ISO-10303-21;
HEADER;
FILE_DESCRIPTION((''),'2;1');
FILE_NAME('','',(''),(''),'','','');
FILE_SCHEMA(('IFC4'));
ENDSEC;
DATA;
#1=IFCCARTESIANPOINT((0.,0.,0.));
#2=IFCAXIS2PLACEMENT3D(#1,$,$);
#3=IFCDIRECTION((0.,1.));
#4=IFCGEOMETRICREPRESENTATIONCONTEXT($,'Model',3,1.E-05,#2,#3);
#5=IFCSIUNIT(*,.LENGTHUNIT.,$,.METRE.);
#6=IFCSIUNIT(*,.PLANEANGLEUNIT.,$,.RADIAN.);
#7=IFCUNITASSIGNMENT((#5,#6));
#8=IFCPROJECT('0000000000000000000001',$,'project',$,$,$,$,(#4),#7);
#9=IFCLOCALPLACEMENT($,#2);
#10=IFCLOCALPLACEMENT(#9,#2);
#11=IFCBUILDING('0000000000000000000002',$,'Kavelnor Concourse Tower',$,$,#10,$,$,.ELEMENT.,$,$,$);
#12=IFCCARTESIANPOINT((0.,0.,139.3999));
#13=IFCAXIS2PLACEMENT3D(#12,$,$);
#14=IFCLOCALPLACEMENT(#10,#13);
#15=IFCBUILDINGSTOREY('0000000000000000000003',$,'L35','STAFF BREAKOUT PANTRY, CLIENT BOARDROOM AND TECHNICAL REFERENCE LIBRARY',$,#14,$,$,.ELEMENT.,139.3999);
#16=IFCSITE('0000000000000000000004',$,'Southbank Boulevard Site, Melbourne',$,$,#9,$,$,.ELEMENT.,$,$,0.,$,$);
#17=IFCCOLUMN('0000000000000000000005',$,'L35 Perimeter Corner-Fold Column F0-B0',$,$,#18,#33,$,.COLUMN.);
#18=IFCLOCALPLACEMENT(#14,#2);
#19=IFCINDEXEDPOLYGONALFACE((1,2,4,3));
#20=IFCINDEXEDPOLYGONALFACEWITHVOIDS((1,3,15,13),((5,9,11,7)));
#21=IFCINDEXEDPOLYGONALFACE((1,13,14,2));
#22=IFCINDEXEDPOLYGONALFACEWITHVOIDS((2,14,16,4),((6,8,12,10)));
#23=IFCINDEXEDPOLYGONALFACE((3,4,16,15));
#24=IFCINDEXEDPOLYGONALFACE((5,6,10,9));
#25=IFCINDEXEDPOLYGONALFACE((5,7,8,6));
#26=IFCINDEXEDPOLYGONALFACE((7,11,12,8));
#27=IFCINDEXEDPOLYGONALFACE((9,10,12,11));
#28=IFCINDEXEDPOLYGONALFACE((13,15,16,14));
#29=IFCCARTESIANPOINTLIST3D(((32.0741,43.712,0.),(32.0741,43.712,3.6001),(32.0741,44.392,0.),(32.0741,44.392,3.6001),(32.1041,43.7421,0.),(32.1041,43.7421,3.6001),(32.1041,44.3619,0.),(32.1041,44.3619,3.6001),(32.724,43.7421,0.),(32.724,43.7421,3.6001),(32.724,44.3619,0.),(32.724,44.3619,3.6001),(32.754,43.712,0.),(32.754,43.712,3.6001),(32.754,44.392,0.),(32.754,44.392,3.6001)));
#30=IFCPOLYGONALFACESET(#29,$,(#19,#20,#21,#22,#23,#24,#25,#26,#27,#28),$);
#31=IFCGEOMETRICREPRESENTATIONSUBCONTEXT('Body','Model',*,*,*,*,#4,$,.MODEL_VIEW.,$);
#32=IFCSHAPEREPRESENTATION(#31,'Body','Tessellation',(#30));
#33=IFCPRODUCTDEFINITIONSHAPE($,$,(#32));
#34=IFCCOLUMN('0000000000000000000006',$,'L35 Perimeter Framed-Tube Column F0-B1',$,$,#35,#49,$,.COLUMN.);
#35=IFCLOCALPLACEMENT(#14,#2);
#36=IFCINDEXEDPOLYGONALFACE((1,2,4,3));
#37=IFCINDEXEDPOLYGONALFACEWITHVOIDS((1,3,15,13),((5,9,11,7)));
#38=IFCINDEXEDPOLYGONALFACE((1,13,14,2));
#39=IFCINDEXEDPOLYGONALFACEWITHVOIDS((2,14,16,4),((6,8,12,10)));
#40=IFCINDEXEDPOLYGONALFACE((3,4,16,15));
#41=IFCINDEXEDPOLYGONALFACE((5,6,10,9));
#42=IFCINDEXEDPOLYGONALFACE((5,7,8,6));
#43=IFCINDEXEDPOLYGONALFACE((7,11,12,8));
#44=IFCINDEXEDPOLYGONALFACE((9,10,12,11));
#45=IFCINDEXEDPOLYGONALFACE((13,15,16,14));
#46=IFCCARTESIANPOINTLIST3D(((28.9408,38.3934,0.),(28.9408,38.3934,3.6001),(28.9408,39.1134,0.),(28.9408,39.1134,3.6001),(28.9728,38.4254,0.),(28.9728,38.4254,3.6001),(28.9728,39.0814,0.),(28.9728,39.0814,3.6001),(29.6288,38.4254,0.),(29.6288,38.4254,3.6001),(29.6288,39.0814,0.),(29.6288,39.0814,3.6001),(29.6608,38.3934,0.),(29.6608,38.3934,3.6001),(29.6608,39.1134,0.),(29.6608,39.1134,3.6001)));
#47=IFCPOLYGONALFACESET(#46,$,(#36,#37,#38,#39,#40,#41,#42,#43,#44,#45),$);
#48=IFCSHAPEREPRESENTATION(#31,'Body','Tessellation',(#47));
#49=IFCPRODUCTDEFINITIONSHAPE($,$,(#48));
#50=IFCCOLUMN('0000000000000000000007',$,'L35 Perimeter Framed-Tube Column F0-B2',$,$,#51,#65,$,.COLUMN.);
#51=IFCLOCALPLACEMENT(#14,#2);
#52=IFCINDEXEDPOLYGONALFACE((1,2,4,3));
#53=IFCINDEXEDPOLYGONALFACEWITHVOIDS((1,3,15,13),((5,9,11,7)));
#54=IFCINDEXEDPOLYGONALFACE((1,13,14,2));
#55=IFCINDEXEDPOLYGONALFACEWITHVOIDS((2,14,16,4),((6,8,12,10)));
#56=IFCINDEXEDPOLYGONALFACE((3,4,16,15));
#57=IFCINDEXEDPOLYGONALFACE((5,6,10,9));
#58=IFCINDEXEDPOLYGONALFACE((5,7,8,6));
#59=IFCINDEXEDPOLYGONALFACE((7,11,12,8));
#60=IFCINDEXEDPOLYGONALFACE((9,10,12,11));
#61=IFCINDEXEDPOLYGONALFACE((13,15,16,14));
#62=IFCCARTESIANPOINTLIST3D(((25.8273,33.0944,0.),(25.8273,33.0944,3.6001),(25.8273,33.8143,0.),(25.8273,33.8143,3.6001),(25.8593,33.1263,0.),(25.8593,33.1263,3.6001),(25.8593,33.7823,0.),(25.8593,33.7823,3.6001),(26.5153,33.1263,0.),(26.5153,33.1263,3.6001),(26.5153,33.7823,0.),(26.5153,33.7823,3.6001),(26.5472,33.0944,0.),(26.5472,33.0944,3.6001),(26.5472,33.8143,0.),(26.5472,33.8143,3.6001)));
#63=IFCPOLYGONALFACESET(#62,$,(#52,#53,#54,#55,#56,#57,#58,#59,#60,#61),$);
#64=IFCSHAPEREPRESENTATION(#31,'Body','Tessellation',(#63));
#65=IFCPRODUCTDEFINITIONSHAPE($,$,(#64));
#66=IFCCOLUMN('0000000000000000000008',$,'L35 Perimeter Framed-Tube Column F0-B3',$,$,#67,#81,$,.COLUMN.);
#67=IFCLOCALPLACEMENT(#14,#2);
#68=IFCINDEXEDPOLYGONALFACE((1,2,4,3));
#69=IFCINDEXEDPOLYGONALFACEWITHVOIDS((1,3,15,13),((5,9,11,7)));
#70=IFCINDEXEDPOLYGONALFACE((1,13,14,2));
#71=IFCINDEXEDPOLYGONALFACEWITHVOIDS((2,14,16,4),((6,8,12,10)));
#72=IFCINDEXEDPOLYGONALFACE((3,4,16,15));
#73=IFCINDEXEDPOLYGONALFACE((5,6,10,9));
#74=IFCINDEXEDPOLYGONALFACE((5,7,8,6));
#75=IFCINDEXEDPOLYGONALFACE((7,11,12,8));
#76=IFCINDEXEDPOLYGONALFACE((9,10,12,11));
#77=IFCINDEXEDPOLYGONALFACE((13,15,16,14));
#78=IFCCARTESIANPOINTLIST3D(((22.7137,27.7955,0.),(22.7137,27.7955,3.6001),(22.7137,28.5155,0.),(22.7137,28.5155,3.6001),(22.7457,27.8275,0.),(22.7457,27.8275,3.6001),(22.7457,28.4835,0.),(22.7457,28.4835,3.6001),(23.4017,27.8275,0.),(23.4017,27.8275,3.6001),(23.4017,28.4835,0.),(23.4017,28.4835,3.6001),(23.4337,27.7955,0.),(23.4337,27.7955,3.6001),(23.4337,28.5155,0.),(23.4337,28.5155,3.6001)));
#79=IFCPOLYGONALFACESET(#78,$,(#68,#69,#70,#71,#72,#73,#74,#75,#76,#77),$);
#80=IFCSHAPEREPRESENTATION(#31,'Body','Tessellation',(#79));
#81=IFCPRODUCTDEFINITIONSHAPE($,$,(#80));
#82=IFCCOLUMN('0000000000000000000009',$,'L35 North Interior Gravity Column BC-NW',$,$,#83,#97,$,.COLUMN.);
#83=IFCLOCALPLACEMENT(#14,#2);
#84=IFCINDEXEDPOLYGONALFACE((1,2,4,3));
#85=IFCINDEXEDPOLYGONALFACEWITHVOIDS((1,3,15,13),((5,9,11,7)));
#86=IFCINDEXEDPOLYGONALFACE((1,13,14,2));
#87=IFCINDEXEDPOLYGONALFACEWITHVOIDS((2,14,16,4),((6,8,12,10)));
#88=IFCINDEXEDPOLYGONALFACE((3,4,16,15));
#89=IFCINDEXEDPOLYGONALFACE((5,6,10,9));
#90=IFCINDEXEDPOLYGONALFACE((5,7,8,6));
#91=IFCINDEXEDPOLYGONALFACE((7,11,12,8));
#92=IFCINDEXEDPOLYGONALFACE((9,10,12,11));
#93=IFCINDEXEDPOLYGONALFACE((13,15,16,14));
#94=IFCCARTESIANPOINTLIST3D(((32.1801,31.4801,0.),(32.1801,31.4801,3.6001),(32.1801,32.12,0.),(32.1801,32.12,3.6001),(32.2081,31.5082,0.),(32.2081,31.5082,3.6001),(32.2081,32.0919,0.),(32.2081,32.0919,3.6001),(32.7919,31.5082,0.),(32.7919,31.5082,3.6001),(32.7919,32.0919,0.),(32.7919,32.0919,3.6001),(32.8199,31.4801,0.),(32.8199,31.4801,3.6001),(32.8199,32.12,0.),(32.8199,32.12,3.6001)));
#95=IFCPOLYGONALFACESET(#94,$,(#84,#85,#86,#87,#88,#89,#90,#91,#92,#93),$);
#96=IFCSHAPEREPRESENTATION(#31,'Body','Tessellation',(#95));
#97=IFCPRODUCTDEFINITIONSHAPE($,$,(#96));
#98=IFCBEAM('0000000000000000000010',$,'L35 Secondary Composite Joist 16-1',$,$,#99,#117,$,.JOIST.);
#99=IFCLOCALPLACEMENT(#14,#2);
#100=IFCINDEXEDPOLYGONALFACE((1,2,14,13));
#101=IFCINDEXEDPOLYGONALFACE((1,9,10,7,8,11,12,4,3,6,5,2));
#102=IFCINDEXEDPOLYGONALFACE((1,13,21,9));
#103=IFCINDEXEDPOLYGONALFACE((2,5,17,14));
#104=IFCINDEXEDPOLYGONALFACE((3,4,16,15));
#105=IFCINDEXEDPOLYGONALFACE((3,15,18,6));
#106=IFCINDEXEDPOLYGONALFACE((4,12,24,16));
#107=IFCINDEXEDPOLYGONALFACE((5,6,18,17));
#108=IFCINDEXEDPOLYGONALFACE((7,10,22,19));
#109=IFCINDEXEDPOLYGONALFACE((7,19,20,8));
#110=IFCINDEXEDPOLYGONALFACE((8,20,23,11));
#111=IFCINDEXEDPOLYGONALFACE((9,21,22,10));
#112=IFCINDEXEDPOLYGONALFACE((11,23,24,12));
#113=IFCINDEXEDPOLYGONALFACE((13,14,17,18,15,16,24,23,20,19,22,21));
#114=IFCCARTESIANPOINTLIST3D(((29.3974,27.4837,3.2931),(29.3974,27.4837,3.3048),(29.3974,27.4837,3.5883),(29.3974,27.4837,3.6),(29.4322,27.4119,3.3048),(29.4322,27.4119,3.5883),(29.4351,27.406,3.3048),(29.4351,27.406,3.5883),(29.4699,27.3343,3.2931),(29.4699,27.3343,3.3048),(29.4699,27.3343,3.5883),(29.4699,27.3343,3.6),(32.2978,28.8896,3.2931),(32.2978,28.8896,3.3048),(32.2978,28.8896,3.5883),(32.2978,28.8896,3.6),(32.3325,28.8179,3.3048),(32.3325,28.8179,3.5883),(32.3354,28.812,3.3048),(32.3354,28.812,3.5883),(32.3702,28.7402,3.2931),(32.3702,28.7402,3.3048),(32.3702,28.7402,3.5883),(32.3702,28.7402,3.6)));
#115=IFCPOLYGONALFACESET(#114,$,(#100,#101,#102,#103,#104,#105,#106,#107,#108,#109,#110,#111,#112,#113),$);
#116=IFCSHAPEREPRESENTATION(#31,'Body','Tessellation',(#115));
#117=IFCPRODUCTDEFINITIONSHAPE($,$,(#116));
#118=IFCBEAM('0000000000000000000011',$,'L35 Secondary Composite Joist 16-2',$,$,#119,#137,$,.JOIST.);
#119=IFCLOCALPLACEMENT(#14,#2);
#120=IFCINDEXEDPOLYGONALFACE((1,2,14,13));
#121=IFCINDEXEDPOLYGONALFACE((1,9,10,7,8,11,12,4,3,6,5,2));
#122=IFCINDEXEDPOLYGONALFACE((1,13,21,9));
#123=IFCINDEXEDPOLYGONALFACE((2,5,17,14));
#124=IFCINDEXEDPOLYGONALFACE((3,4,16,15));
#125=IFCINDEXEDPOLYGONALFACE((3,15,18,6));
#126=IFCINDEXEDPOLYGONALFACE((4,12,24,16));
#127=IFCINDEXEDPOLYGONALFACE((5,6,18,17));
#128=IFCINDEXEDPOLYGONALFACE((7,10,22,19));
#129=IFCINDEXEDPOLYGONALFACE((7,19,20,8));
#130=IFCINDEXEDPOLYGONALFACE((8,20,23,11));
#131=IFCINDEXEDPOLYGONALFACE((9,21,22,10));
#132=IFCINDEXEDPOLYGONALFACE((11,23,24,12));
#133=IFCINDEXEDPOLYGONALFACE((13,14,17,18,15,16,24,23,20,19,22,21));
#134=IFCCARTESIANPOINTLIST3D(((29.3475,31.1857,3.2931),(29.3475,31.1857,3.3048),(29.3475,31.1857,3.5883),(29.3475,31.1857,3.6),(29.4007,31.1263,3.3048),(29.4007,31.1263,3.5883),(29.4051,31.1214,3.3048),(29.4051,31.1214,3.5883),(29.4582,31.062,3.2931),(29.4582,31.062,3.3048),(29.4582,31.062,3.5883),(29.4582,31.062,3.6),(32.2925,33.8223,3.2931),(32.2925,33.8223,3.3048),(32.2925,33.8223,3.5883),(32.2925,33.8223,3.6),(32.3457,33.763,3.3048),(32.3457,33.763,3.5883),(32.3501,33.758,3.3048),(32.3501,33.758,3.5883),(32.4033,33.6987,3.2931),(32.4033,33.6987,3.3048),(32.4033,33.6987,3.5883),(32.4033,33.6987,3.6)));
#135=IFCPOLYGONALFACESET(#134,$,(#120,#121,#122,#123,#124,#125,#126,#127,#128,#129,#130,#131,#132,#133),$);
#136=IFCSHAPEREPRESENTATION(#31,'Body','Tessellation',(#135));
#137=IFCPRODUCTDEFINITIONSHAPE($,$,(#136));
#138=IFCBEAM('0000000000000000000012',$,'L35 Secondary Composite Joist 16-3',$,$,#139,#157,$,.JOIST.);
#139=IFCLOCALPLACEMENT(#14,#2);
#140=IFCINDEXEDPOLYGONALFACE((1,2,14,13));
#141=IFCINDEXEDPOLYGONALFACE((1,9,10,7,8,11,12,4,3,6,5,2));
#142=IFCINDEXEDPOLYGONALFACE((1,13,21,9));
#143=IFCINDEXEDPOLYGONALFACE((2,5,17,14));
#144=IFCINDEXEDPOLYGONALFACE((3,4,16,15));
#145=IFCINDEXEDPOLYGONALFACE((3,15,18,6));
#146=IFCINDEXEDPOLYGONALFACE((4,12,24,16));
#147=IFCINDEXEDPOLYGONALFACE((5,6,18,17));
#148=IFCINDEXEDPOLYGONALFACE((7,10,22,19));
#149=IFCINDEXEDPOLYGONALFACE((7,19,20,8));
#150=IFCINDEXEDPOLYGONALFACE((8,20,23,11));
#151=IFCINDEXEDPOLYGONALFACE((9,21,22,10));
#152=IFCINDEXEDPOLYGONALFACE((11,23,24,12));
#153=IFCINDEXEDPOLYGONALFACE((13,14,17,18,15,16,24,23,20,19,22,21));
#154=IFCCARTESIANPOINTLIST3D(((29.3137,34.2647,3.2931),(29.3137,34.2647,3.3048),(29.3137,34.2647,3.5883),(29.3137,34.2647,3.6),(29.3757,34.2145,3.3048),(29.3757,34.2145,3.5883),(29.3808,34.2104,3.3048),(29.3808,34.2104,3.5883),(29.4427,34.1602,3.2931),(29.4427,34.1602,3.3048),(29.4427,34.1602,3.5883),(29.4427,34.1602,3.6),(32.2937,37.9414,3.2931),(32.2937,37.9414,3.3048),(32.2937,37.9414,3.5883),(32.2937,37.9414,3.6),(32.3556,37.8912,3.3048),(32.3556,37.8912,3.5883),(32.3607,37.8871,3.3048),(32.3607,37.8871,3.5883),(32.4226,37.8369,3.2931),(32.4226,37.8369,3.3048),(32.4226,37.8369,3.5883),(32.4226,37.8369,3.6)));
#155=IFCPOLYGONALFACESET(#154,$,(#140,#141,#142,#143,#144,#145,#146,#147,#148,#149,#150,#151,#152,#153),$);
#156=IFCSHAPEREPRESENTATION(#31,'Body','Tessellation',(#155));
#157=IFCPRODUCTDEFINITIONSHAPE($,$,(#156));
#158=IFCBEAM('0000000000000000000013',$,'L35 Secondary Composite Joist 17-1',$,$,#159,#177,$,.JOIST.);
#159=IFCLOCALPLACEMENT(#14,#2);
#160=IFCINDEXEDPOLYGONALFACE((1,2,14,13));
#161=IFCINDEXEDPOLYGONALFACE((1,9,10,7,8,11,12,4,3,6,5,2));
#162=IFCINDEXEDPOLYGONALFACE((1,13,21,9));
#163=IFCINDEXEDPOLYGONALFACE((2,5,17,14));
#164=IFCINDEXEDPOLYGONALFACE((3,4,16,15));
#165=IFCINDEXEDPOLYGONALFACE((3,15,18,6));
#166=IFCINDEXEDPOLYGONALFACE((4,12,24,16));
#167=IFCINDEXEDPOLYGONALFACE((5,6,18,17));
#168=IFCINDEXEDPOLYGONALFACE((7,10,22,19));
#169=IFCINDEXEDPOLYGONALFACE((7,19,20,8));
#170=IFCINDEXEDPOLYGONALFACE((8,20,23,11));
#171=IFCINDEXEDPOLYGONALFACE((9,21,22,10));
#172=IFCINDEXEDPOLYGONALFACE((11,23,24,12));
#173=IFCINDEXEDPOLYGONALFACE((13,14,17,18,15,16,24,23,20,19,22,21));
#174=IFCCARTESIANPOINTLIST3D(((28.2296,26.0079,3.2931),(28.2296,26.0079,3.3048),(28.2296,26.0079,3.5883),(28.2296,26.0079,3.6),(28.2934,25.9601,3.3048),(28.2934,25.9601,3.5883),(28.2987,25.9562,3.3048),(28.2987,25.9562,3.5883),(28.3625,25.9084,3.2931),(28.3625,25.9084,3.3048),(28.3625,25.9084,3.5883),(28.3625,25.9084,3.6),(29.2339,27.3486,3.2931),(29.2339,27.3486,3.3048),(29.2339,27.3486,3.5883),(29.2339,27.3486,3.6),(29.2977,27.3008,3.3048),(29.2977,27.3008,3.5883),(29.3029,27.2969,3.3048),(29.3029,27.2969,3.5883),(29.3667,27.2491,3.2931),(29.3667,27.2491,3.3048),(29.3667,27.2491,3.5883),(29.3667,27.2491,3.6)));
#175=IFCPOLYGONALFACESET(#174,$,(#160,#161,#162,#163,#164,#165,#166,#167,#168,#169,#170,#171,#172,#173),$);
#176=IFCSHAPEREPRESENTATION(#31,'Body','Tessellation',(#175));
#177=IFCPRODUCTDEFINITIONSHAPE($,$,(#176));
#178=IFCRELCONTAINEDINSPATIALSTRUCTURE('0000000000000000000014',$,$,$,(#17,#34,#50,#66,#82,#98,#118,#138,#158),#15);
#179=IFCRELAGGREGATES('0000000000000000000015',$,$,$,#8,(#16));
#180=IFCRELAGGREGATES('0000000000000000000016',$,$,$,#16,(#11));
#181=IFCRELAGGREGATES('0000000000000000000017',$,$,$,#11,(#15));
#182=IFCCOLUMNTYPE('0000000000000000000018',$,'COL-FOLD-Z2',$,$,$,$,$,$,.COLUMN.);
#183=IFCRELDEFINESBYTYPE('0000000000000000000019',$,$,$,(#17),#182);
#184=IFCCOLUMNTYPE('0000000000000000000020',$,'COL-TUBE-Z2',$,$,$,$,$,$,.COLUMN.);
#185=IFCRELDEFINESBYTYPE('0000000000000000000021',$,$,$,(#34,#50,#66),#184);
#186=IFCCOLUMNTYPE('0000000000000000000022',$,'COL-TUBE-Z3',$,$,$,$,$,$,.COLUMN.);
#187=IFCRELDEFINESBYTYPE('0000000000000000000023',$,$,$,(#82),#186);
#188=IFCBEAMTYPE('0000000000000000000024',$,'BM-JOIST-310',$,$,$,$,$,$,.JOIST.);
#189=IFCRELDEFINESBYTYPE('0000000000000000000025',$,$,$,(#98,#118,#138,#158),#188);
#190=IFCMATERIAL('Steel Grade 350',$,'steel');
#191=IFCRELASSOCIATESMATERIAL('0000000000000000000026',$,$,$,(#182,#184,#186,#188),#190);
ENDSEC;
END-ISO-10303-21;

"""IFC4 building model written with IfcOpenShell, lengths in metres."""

from ifc_helpers import new_model, si_unit, direction, frame, origin, origin_2d, place, context, subcontext, project, spatial, hollow_rectangle, i_section, extrude, material, material_profile, profile_set, type_object, element, save


model = new_model("IFC4")

# Units and contexts
model_context = context("Model", 3, precision=1e-05, world=origin(), true_north=direction((0.0, 1.0)))
body_context = subcontext(model_context, "Body", "Model", "MODEL_VIEW")
ifc_project = project(units=[si_unit("LENGTHUNIT", "METRE"), si_unit("PLANEANGLEUNIT", "RADIAN")], contexts=[model_context])

# Site, building, storey
site_placement = place(None, origin())
site = spatial("IfcSite", under=ifc_project, at=site_placement, Name="Southbank Boulevard Site, Melbourne", CompositionType="ELEMENT", RefElevation=0.0)
building_placement = place(site_placement, origin())
building = spatial("IfcBuilding", under=site, at=building_placement, Name="Kavelnor Concourse Tower", CompositionType="ELEMENT")
storey_placement = place(building_placement, frame((0.0, 0.0, 139.3999)))
storey = spatial("IfcBuildingStorey", under=building, at=storey_placement, Name="L35", Description="STAFF BREAKOUT PANTRY, CLIENT BOARDROOM AND TECHNICAL REFERENCE LIBRARY", CompositionType="ELEMENT", Elevation=139.3999)

# Columns
ifc_material_1 = material(Name="Steel Grade 350", Category="steel")
ifc_material_profile_1 = material_profile(ifc_material_1, hollow_rectangle(XDim=0.6799, YDim=0.6799, WallThickness=0.03, at=origin_2d()), Name="SHS 680x680x30")
ifc_profile_set_1 = profile_set([ifc_material_profile_1], Name="Steel Grade 350")
column_type_1 = type_object("IfcColumnType", Name="COL-FOLD-Z2", PredefinedType="COLUMN", material=ifc_profile_set_1)
column_1_placement = place(storey_placement, frame((32.4141, 44.052, 0.0), z_axis=(0.0, 0.0, 1.0), x_axis=(1.0, 0.0, 0.0)))
element("IfcColumn", 1, at=column_1_placement, inside=storey, type_object=column_type_1, Name="L35 Perimeter Corner-Fold Column F0-B0", PredefinedType="COLUMN", context=body_context, shape_type="SweptSolid", body=[
    extrude(hollow_rectangle(XDim=0.6799, YDim=0.6799, WallThickness=0.03, at=origin_2d()), origin(), (0.0, 0.0, 1.0), 3.6001),
])
ifc_material_profile_2 = material_profile(ifc_material_1, hollow_rectangle(XDim=0.72, YDim=0.72, WallThickness=0.032, at=origin_2d()), Name="SHS 720x720x32")
ifc_profile_set_2 = profile_set([ifc_material_profile_2], Name="Steel Grade 350")
column_type_2 = type_object("IfcColumnType", Name="COL-TUBE-Z2", PredefinedType="COLUMN", material=ifc_profile_set_2)
for number, where, z_axis, x_axis, name in (
    (2, (29.3008, 38.7534, 0.0), (0.0, 0.0, 1.0), (1.0, 0.0, 0.0), "L35 Perimeter Framed-Tube Column F0-B1"),
    (3, (26.1873, 33.4543, 0.0), (0.0, 0.0, 1.0), (1.0, 0.0, 0.0), "L35 Perimeter Framed-Tube Column F0-B2"),
    (4, (23.0737, 28.1555, 0.0), (0.0, 0.0, 1.0), (1.0, 0.0, 0.0), "L35 Perimeter Framed-Tube Column F0-B3"),
):
    element("IfcColumn", number, at=place(storey_placement, frame(where, z_axis=z_axis, x_axis=x_axis)), inside=storey, type_object=column_type_2, Name=name, PredefinedType="COLUMN", context=body_context, shape_type="SweptSolid", body=[
        extrude(hollow_rectangle(XDim=0.72, YDim=0.72, WallThickness=0.032, at=origin_2d()), origin(), (0.0, 0.0, 1.0), 3.6001),
    ])
ifc_material_profile_3 = material_profile(ifc_material_1, hollow_rectangle(XDim=0.6399, YDim=0.6399, WallThickness=0.0281, at=origin_2d()), Name="SHS 640x640x28")
ifc_profile_set_3 = profile_set([ifc_material_profile_3], Name="Steel Grade 350")
column_type_3 = type_object("IfcColumnType", Name="COL-TUBE-Z3", PredefinedType="COLUMN", material=ifc_profile_set_3)
column_2_placement = place(storey_placement, frame((32.5, 31.8, 0.0), z_axis=(0.0, 0.0, 1.0), x_axis=(1.0, 0.0, 0.0)))
element("IfcColumn", 5, at=column_2_placement, inside=storey, type_object=column_type_3, Name="L35 North Interior Gravity Column BC-NW", PredefinedType="COLUMN", context=body_context, shape_type="SweptSolid", body=[
    extrude(hollow_rectangle(XDim=0.6399, YDim=0.6399, WallThickness=0.0281, at=origin_2d()), origin(), (0.0, 0.0, 1.0), 3.6001),
])

# Beams
ifc_material_profile_4 = material_profile(ifc_material_1, i_section(OverallWidth=0.166, OverallDepth=0.3069, WebThickness=0.0066, FlangeThickness=0.0117, at=origin_2d()), Name="310UB46")
ifc_profile_set_4 = profile_set([ifc_material_profile_4], Name="Steel Grade 350")
beam_type_1 = type_object("IfcBeamType", Name="BM-JOIST-310", PredefinedType="JOIST", material=ifc_profile_set_4)
beam_1_placement = place(storey_placement, frame((32.334, 28.8149, 3.4465), z_axis=(-0.899844, -0.436212, 0.0), x_axis=(0.436212, -0.899844, 0.0)))
element("IfcBeam", 6, at=beam_1_placement, inside=storey, type_object=beam_type_1, Name="L35 Secondary Composite Joist 16-1", PredefinedType="JOIST", context=body_context, shape_type="SweptSolid", body=[
    extrude(i_section(OverallWidth=0.166, OverallDepth=0.3069, WebThickness=0.0066, FlangeThickness=0.0117, at=origin_2d()), origin(), (0.0, 0.0, 1.0), 3.2231),
])
beam_2_placement = place(storey_placement, frame((32.3479, 33.7605, 3.4465), z_axis=(-0.745033, -0.667028, 0.0), x_axis=(0.667028, -0.745033, 0.0)))
element("IfcBeam", 7, at=beam_2_placement, inside=storey, type_object=beam_type_1, Name="L35 Secondary Composite Joist 16-2", PredefinedType="JOIST", context=body_context, shape_type="SweptSolid", body=[
    extrude(i_section(OverallWidth=0.166, OverallDepth=0.3069, WebThickness=0.0066, FlangeThickness=0.0117, at=origin_2d()), origin(), (0.0, 0.0, 1.0), 3.9529),
])
beam_3_placement = place(storey_placement, frame((32.3582, 37.8892, 3.4465), z_axis=(-0.629652, -0.776877, 0.0), x_axis=(0.776877, -0.629652, 0.0)))
element("IfcBeam", 8, at=beam_3_placement, inside=storey, type_object=beam_type_1, Name="L35 Secondary Composite Joist 16-3", PredefinedType="JOIST", context=body_context, shape_type="SweptSolid", body=[
    extrude(i_section(OverallWidth=0.166, OverallDepth=0.3069, WebThickness=0.0066, FlangeThickness=0.0117, at=origin_2d()), origin(), (0.0, 0.0, 1.0), 4.7327),
])
beam_4_placement = place(storey_placement, frame((29.3003, 27.2988, 3.4465), z_axis=(-0.59951, -0.800367, 0.0), x_axis=(0.800367, -0.59951, 0.0)))
element("IfcBeam", 9, at=beam_4_placement, inside=storey, type_object=beam_type_1, Name="L35 Secondary Composite Joist 17-1", PredefinedType="JOIST", context=body_context, shape_type="SweptSolid", body=[
    extrude(i_section(OverallWidth=0.166, OverallDepth=0.3069, WebThickness=0.0066, FlangeThickness=0.0117, at=origin_2d()), origin(), (0.0, 0.0, 1.0), 1.675),
])

save(model, "model.ifc")
